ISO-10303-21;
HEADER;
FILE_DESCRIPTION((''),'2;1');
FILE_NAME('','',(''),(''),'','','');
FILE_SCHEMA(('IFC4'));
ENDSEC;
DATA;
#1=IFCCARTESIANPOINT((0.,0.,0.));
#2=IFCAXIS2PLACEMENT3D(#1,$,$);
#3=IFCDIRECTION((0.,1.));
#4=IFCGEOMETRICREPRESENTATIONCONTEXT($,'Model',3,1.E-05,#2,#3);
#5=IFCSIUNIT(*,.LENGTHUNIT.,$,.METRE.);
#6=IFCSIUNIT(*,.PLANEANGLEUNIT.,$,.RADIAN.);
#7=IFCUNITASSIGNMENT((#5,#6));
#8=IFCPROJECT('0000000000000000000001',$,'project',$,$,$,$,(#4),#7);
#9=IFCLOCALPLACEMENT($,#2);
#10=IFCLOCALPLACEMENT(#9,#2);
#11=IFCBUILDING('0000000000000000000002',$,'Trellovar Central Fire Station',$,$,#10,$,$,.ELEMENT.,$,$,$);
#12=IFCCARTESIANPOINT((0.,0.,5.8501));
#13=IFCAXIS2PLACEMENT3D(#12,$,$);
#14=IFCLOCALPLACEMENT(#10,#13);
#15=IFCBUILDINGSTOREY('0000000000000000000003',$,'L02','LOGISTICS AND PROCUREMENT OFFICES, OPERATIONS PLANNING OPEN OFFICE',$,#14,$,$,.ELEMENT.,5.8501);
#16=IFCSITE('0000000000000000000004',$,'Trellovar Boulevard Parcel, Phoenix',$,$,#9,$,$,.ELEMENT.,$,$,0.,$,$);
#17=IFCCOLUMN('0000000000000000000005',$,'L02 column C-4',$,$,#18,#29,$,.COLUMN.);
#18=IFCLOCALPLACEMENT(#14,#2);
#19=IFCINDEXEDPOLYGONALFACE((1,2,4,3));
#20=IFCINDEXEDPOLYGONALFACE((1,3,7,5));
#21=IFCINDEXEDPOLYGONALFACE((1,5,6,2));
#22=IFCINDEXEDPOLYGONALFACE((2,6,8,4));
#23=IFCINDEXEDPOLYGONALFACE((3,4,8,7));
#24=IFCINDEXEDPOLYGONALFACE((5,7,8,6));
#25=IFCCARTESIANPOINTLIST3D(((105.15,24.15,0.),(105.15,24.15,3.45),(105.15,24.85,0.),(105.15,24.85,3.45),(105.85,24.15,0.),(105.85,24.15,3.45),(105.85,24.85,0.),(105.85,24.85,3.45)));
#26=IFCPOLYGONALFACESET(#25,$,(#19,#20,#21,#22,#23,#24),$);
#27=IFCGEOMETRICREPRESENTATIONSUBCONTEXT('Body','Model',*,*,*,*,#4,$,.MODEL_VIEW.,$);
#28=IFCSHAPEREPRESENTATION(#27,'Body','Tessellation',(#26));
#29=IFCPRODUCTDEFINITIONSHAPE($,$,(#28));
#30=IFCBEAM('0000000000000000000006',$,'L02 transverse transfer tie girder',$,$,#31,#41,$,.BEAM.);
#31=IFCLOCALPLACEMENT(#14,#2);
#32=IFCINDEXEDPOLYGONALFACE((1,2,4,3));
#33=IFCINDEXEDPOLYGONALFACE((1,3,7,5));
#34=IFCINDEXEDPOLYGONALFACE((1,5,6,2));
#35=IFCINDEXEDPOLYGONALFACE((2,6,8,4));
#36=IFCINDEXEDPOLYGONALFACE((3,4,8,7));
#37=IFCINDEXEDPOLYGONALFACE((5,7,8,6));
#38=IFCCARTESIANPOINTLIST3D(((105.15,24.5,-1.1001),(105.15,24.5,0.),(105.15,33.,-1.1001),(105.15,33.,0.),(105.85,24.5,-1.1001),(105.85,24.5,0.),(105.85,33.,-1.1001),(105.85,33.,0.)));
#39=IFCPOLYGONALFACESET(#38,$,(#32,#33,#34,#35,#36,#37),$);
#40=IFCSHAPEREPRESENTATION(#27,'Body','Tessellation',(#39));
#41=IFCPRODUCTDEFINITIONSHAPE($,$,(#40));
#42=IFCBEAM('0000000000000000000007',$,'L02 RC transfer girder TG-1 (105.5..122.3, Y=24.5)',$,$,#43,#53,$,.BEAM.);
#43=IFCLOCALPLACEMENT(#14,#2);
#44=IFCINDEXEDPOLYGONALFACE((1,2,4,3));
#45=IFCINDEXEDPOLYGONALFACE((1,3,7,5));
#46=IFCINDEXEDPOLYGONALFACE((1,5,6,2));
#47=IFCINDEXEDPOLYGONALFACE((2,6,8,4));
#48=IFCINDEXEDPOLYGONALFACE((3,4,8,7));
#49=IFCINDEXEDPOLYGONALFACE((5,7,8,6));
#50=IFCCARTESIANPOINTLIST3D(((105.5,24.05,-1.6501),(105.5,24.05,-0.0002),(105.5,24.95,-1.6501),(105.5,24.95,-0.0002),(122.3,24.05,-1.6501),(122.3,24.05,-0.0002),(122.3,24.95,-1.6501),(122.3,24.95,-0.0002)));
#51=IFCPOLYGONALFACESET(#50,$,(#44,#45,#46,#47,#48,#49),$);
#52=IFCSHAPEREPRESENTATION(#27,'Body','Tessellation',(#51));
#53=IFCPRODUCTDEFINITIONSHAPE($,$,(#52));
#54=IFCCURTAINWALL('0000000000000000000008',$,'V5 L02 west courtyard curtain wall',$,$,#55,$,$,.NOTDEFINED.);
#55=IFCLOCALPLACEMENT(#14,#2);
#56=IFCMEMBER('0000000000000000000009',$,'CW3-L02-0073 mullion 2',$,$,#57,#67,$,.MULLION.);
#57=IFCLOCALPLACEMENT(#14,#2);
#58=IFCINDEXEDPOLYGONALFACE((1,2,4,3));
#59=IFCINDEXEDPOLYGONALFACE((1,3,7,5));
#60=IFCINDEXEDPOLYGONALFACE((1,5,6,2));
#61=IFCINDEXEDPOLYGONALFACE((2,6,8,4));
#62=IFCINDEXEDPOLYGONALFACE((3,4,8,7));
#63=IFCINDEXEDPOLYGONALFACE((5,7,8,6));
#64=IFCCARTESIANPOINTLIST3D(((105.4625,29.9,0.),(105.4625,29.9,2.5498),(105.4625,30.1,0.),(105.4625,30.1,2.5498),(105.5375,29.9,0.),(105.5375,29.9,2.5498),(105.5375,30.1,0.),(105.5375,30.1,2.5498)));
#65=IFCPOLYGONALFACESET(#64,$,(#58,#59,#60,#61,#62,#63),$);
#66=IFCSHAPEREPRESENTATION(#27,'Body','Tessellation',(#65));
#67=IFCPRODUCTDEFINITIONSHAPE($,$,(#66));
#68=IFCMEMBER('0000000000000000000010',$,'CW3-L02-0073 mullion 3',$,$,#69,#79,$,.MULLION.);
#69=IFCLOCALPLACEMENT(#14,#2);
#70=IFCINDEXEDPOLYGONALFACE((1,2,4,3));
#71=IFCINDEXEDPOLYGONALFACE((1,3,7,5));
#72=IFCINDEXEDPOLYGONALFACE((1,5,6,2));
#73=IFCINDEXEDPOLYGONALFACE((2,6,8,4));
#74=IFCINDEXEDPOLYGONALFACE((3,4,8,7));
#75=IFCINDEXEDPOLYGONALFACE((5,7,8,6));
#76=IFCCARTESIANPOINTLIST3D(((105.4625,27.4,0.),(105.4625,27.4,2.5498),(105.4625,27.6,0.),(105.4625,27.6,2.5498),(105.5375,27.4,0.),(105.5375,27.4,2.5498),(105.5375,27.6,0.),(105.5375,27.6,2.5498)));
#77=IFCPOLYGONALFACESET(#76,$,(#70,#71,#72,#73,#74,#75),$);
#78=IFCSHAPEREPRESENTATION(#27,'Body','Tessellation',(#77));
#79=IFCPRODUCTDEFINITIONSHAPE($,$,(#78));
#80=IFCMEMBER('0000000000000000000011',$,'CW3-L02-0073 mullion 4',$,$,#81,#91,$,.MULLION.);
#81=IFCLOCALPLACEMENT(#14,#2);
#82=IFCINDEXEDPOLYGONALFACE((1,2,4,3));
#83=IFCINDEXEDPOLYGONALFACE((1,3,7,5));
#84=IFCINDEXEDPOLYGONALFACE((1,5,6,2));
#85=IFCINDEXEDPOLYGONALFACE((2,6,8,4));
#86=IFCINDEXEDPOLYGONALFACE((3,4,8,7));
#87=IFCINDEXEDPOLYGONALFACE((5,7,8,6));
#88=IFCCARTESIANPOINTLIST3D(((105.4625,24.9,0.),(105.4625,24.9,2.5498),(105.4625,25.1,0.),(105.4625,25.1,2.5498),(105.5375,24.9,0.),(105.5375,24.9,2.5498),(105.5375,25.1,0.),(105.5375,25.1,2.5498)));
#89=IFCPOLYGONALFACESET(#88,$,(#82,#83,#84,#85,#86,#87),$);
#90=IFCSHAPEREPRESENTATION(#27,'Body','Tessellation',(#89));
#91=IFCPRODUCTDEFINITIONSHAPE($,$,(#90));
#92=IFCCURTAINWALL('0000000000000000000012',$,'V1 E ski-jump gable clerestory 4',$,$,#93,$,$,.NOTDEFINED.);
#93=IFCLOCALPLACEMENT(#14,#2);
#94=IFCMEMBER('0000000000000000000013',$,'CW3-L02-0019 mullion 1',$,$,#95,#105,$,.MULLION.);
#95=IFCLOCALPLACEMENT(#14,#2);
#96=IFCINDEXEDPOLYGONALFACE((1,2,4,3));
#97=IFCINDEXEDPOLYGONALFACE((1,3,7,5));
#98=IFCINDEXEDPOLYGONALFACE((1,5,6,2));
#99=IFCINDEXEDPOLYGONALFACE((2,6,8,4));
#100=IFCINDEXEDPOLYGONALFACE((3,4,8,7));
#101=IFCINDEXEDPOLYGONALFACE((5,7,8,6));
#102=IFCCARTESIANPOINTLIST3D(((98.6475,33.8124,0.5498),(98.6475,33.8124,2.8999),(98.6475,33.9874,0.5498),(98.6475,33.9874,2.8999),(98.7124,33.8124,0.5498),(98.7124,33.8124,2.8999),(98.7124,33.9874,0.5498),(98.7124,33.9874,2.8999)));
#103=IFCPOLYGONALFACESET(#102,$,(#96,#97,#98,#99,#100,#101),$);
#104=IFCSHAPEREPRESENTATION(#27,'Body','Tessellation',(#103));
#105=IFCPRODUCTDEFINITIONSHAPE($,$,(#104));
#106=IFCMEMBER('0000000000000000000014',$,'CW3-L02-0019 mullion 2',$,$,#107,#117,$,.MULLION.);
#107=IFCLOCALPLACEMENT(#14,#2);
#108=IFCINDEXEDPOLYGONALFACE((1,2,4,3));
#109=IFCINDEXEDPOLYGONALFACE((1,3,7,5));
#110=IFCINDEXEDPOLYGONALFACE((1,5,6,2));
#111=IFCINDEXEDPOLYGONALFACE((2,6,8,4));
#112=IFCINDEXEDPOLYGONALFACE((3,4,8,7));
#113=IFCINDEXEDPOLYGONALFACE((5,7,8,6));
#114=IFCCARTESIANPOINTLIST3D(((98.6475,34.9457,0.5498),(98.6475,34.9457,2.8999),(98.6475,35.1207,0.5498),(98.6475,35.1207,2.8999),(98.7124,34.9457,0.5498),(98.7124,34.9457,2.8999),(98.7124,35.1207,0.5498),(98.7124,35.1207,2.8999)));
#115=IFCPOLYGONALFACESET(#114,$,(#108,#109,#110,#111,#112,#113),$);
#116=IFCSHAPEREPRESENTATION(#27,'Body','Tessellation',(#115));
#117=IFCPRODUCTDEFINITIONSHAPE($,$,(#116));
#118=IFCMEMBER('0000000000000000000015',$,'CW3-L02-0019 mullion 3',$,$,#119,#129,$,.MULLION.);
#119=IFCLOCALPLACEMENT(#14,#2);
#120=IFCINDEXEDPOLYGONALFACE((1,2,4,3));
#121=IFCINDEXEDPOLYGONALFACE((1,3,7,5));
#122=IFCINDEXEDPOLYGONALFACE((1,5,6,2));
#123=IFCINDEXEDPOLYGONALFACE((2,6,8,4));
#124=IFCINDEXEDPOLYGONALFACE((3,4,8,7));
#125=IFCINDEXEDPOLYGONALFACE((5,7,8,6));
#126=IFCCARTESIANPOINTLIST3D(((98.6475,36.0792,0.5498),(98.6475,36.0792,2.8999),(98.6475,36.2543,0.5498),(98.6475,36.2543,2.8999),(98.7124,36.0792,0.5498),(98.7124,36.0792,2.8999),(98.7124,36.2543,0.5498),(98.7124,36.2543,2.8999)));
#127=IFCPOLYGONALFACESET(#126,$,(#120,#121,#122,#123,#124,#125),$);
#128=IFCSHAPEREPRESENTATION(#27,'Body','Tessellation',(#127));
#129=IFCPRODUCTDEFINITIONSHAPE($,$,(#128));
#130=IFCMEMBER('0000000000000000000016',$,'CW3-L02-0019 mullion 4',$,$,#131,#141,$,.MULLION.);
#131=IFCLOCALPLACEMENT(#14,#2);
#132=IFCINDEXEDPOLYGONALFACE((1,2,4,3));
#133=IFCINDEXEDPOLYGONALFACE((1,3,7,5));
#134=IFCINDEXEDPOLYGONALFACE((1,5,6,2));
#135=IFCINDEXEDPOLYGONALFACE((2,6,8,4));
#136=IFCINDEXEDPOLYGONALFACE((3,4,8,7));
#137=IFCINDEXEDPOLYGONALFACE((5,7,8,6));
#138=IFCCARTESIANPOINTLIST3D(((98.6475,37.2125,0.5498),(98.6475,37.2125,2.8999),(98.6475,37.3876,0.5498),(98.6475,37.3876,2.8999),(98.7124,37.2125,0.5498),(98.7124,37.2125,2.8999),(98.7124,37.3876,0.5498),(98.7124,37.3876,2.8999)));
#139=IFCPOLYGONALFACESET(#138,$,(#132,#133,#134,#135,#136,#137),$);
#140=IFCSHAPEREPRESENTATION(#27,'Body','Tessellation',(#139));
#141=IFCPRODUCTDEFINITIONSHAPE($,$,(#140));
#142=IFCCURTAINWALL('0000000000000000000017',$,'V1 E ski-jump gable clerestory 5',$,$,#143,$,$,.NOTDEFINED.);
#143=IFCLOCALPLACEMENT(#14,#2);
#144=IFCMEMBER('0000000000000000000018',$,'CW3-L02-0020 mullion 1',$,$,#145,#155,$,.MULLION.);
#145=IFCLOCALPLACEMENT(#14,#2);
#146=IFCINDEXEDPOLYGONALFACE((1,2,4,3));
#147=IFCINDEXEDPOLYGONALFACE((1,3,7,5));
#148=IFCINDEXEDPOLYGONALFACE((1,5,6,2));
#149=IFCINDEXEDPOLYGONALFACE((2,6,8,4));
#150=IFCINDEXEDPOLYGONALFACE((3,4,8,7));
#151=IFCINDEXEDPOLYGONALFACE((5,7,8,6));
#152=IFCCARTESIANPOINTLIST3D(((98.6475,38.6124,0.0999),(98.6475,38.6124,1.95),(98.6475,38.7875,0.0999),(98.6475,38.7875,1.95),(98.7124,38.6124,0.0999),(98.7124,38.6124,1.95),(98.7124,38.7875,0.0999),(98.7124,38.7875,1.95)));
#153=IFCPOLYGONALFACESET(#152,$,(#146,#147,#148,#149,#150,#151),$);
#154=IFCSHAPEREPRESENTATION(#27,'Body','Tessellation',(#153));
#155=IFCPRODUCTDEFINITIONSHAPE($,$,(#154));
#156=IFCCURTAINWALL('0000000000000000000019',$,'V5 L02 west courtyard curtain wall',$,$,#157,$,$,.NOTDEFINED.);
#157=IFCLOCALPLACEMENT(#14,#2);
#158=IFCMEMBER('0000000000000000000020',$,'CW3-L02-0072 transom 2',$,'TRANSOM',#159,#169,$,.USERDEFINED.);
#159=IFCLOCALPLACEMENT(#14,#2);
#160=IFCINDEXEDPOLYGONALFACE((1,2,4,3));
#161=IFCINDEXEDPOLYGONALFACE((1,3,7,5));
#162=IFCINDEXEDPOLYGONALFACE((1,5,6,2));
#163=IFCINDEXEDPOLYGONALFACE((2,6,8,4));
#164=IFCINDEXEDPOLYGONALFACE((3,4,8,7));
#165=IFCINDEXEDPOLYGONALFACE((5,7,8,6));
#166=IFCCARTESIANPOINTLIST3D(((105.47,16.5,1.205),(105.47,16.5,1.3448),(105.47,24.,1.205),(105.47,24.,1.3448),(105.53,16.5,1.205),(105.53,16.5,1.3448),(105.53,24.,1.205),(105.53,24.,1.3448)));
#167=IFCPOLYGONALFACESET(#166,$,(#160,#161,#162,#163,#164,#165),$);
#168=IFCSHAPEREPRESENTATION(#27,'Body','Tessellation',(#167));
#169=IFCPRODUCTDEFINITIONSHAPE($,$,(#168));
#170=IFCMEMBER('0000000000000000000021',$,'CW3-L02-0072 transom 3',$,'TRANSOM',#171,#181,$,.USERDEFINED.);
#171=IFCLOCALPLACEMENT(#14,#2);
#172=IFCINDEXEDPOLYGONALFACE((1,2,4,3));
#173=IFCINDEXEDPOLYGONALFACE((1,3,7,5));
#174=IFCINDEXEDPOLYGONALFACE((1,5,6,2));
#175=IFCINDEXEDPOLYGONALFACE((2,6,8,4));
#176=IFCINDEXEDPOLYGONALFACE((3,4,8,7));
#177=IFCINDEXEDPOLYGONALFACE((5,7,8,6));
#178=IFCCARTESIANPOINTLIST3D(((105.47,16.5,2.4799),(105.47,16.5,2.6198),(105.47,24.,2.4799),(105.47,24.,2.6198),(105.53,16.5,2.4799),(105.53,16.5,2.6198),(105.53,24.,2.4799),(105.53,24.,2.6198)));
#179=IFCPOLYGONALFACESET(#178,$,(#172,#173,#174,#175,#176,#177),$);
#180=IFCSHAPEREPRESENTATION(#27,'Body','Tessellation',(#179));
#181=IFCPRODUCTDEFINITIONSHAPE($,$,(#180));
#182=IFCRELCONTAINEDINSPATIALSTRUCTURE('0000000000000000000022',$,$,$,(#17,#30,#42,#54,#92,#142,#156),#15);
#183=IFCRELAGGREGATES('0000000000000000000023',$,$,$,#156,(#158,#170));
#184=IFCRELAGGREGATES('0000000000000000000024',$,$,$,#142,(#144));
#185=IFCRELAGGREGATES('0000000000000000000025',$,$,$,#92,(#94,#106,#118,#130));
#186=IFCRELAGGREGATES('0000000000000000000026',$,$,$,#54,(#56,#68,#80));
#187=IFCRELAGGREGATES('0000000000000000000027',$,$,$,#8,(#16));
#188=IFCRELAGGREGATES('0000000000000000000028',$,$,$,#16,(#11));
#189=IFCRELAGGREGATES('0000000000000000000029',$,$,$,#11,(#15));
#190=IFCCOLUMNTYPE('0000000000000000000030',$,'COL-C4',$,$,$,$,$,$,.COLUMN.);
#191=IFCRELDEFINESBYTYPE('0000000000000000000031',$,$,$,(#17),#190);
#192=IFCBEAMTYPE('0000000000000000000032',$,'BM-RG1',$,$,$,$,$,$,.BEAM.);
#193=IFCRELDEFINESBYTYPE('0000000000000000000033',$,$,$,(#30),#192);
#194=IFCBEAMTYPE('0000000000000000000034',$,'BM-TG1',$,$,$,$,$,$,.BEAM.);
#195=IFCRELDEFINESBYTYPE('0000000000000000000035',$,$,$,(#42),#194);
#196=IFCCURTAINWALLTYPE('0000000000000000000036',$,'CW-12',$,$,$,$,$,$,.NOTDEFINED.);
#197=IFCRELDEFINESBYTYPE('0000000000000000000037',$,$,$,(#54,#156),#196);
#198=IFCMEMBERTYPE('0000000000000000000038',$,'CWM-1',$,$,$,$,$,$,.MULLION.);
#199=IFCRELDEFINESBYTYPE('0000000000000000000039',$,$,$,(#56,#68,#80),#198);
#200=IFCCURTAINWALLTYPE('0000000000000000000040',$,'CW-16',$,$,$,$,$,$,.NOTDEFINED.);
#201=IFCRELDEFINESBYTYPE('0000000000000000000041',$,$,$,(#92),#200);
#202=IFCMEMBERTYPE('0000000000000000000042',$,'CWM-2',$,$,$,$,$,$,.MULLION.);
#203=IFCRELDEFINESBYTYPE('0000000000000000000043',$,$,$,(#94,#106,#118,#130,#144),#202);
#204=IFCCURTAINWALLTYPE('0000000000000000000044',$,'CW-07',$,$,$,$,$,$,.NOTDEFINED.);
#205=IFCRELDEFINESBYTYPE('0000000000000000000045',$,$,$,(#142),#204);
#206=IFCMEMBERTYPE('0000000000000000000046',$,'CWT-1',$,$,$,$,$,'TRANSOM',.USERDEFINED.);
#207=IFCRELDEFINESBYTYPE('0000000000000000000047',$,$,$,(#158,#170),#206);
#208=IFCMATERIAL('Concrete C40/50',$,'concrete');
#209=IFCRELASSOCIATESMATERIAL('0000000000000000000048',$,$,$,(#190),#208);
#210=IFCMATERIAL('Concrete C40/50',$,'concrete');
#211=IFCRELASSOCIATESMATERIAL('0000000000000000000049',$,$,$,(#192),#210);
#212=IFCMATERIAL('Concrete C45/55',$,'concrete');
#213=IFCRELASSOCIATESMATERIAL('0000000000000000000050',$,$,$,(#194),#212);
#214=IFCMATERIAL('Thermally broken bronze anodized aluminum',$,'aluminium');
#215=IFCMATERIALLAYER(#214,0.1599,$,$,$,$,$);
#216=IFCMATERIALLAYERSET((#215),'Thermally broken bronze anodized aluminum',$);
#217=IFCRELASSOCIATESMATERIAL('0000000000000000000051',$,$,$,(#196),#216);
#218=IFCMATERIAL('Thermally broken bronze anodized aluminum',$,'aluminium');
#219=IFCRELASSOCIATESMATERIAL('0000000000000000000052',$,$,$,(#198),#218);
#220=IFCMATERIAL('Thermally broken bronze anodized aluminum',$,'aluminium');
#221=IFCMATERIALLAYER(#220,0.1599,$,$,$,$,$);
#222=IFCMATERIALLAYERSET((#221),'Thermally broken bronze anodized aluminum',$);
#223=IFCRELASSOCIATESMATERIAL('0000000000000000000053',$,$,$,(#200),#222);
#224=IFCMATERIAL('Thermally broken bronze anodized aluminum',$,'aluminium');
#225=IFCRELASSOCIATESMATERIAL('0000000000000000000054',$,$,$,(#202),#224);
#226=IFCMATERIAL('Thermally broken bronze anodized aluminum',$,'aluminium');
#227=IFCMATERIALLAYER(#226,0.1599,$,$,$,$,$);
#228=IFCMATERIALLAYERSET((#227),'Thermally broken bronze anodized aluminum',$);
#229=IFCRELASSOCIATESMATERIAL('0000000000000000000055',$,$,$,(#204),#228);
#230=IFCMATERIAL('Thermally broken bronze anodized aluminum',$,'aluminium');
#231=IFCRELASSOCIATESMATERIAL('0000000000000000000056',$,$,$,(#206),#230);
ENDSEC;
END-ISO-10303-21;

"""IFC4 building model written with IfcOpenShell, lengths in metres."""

from ifc_helpers import new_model, si_unit, direction, frame, origin, origin_2d, place, context, subcontext, project, spatial, rectangle, extrude, material, layer, layer_set, material_profile, profile_set, type_object, element, aggregate, save


model = new_model("IFC4")

# Units and contexts
model_context = context("Model", 3, precision=1e-05, world=origin(), true_north=direction((0.0, 1.0)))
body_context = subcontext(model_context, "Body", "Model", "MODEL_VIEW")
ifc_project = project(units=[si_unit("LENGTHUNIT", "METRE"), si_unit("PLANEANGLEUNIT", "RADIAN")], contexts=[model_context])

# Site, building, storey
site_placement = place(None, origin())
site = spatial("IfcSite", under=ifc_project, at=site_placement, Name="Trellovar Boulevard Parcel, Phoenix", CompositionType="ELEMENT", RefElevation=0.0)
building_placement = place(site_placement, origin())
building = spatial("IfcBuilding", under=site, at=building_placement, Name="Trellovar Central Fire Station", CompositionType="ELEMENT")
storey_placement = place(building_placement, frame((0.0, 0.0, 5.8501)))
storey = spatial("IfcBuildingStorey", under=building, at=storey_placement, Name="L02", Description="LOGISTICS AND PROCUREMENT OFFICES, OPERATIONS PLANNING OPEN OFFICE", CompositionType="ELEMENT", Elevation=5.8501)

# Column
ifc_material_1 = material(Name="Concrete C40/50", Category="concrete")
ifc_material_profile_1 = material_profile(ifc_material_1, rectangle(XDim=0.7, YDim=0.7, at=origin_2d()), Name="RC700X700")
ifc_profile_set_1 = profile_set([ifc_material_profile_1], Name="Concrete C40/50")
column_type = type_object("IfcColumnType", Name="COL-C4", PredefinedType="COLUMN", material=ifc_profile_set_1)
column_placement = place(storey_placement, frame((105.5, 24.5, 0.0), z_axis=(0.0, 0.0, 1.0), x_axis=(1.0, 0.0, 0.0)))
element("IfcColumn", 1, at=column_placement, inside=storey, type_object=column_type, Name="L02 column C-4", PredefinedType="COLUMN", context=body_context, shape_type="SweptSolid", body=[
    extrude(rectangle(XDim=0.7, YDim=0.7, at=origin_2d()), origin(), (0.0, 0.0, 1.0), 3.45),
])

# Beams
ifc_material_2 = material(Name="Concrete C40/50", Category="concrete")
ifc_material_profile_2 = material_profile(ifc_material_2, rectangle(XDim=0.7, YDim=1.1001, at=origin_2d()), Name="RC700X1100")
ifc_profile_set_2 = profile_set([ifc_material_profile_2], Name="Concrete C40/50")
beam_type_1 = type_object("IfcBeamType", Name="BM-RG1", PredefinedType="BEAM", material=ifc_profile_set_2)
beam_1_placement = place(storey_placement, frame((105.5, 24.5, -0.55), z_axis=(0.0, 1.0, 0.0), x_axis=(-1.0, 0.0, 0.0)))
element("IfcBeam", 2, at=beam_1_placement, inside=storey, type_object=beam_type_1, Name="L02 transverse transfer tie girder", PredefinedType="BEAM", context=body_context, shape_type="SweptSolid", body=[
    extrude(rectangle(XDim=0.7, YDim=1.1001, at=origin_2d()), origin(), (0.0, 0.0, 1.0), 8.5),
])
ifc_material_3 = material(Name="Concrete C45/55", Category="concrete")
ifc_material_profile_3 = material_profile(ifc_material_3, rectangle(XDim=0.8999, YDim=1.6499, at=origin_2d()), Name="RC900X1650")
ifc_profile_set_3 = profile_set([ifc_material_profile_3], Name="Concrete C45/55")
beam_type_2 = type_object("IfcBeamType", Name="BM-TG1", PredefinedType="BEAM", material=ifc_profile_set_3)
beam_2_placement = place(storey_placement, frame((105.5, 24.5, -0.8252), z_axis=(1.0, 0.0, 0.0), x_axis=(0.0, 1.0, 0.0)))
element("IfcBeam", 3, at=beam_2_placement, inside=storey, type_object=beam_type_2, Name="L02 RC transfer girder TG-1 (105.5..122.3, Y=24.5)", PredefinedType="BEAM", context=body_context, shape_type="SweptSolid", body=[
    extrude(rectangle(XDim=0.8999, YDim=1.6499, at=origin_2d()), origin(), (0.0, 0.0, 1.0), 16.8),
])

# Curtain walls, members
ifc_material_4 = material(Name="Thermally broken bronze anodized aluminum", Category="aluminium")
ifc_layer_1 = layer(ifc_material_4, 0.1599)
ifc_layer_set_1 = layer_set([ifc_layer_1], Name="Thermally broken bronze anodized aluminum")
curtain_wall_type_1 = type_object("IfcCurtainWallType", Name="CW-12", PredefinedType="NOTDEFINED", material=ifc_layer_set_1)
curtain_wall_1_placement = place(storey_placement, origin())
curtain_wall_1 = element("IfcCurtainWall", 4, at=curtain_wall_1_placement, inside=storey, type_object=curtain_wall_type_1, Name="V5 L02 west courtyard curtain wall", PredefinedType="NOTDEFINED")
ifc_material_5 = material(Name="Thermally broken bronze anodized aluminum", Category="aluminium")
ifc_material_profile_4 = material_profile(ifc_material_5, rectangle(XDim=0.075, YDim=0.2, at=origin_2d()), Name="ALU75X200")
ifc_profile_set_4 = profile_set([ifc_material_profile_4], Name="Thermally broken bronze anodized aluminum")
member_type_1 = type_object("IfcMemberType", Name="CWM-1", PredefinedType="MULLION", material=ifc_profile_set_4)
member_1_placement = place(storey_placement, frame((105.5, 30.0, 0.0), z_axis=(0.0, 0.0, 1.0), x_axis=(1.0, 0.0, 0.0)))
member_1 = element("IfcMember", 5, at=member_1_placement, type_object=member_type_1, Name="CW3-L02-0073 mullion 2", PredefinedType="MULLION", context=body_context, shape_type="SweptSolid", body=[
    extrude(rectangle(XDim=0.075, YDim=0.2, at=origin_2d()), origin(), (0.0, 0.0, 1.0), 2.5498),
])
member_2_placement = place(storey_placement, frame((105.5, 27.5, 0.0), z_axis=(0.0, 0.0, 1.0), x_axis=(1.0, 0.0, 0.0)))
member_2 = element("IfcMember", 6, at=member_2_placement, type_object=member_type_1, Name="CW3-L02-0073 mullion 3", PredefinedType="MULLION", context=body_context, shape_type="SweptSolid", body=[
    extrude(rectangle(XDim=0.075, YDim=0.2, at=origin_2d()), origin(), (0.0, 0.0, 1.0), 2.5498),
])
member_3_placement = place(storey_placement, frame((105.5, 25.0, 0.0), z_axis=(0.0, 0.0, 1.0), x_axis=(1.0, 0.0, 0.0)))
member_3 = element("IfcMember", 7, at=member_3_placement, type_object=member_type_1, Name="CW3-L02-0073 mullion 4", PredefinedType="MULLION", context=body_context, shape_type="SweptSolid", body=[
    extrude(rectangle(XDim=0.075, YDim=0.2, at=origin_2d()), origin(), (0.0, 0.0, 1.0), 2.5498),
])
ifc_material_6 = material(Name="Thermally broken bronze anodized aluminum", Category="aluminium")
ifc_layer_2 = layer(ifc_material_6, 0.1599)
ifc_layer_set_2 = layer_set([ifc_layer_2], Name="Thermally broken bronze anodized aluminum")
curtain_wall_type_2 = type_object("IfcCurtainWallType", Name="CW-16", PredefinedType="NOTDEFINED", material=ifc_layer_set_2)
curtain_wall_2_placement = place(storey_placement, origin())
curtain_wall_2 = element("IfcCurtainWall", 8, at=curtain_wall_2_placement, inside=storey, type_object=curtain_wall_type_2, Name="V1 E ski-jump gable clerestory 4", PredefinedType="NOTDEFINED")
ifc_material_7 = material(Name="Thermally broken bronze anodized aluminum", Category="aluminium")
ifc_material_profile_5 = material_profile(ifc_material_7, rectangle(XDim=0.0649, YDim=0.175, at=origin_2d()), Name="ALU65X175")
ifc_profile_set_5 = profile_set([ifc_material_profile_5], Name="Thermally broken bronze anodized aluminum")
member_type_2 = type_object("IfcMemberType", Name="CWM-2", PredefinedType="MULLION", material=ifc_profile_set_5)
member_4_placement = place(storey_placement, frame((98.6799, 33.8999, 0.5498), z_axis=(0.0, 0.0, 1.0), x_axis=(1.0, 0.0, 0.0)))
member_4 = element("IfcMember", 9, at=member_4_placement, type_object=member_type_2, Name="CW3-L02-0019 mullion 1", PredefinedType="MULLION", context=body_context, shape_type="SweptSolid", body=[
    extrude(rectangle(XDim=0.0649, YDim=0.175, at=origin_2d()), origin(), (0.0, 0.0, 1.0), 2.3501),
])
member_5_placement = place(storey_placement, frame((98.6799, 35.0332, 0.5498), z_axis=(0.0, 0.0, 1.0), x_axis=(1.0, 0.0, 0.0)))
member_5 = element("IfcMember", 10, at=member_5_placement, type_object=member_type_2, Name="CW3-L02-0019 mullion 2", PredefinedType="MULLION", context=body_context, shape_type="SweptSolid", body=[
    extrude(rectangle(XDim=0.0649, YDim=0.175, at=origin_2d()), origin(), (0.0, 0.0, 1.0), 2.3501),
])
member_6_placement = place(storey_placement, frame((98.6799, 36.1667, 0.5498), z_axis=(0.0, 0.0, 1.0), x_axis=(1.0, 0.0, 0.0)))
member_6 = element("IfcMember", 11, at=member_6_placement, type_object=member_type_2, Name="CW3-L02-0019 mullion 3", PredefinedType="MULLION", context=body_context, shape_type="SweptSolid", body=[
    extrude(rectangle(XDim=0.0649, YDim=0.175, at=origin_2d()), origin(), (0.0, 0.0, 1.0), 2.3501),
])
member_7_placement = place(storey_placement, frame((98.6799, 37.3, 0.5498), z_axis=(0.0, 0.0, 1.0), x_axis=(1.0, 0.0, 0.0)))
member_7 = element("IfcMember", 12, at=member_7_placement, type_object=member_type_2, Name="CW3-L02-0019 mullion 4", PredefinedType="MULLION", context=body_context, shape_type="SweptSolid", body=[
    extrude(rectangle(XDim=0.0649, YDim=0.175, at=origin_2d()), origin(), (0.0, 0.0, 1.0), 2.3501),
])

# Curtain wall, member
ifc_material_8 = material(Name="Thermally broken bronze anodized aluminum", Category="aluminium")
ifc_layer_3 = layer(ifc_material_8, 0.1599)
ifc_layer_set_3 = layer_set([ifc_layer_3], Name="Thermally broken bronze anodized aluminum")
curtain_wall_type_3 = type_object("IfcCurtainWallType", Name="CW-07", PredefinedType="NOTDEFINED", material=ifc_layer_set_3)
curtain_wall_3_placement = place(storey_placement, origin())
curtain_wall_3 = element("IfcCurtainWall", 13, at=curtain_wall_3_placement, inside=storey, type_object=curtain_wall_type_3, Name="V1 E ski-jump gable clerestory 5", PredefinedType="NOTDEFINED")
member_8_placement = place(storey_placement, frame((98.6799, 38.7, 0.0999), z_axis=(0.0, 0.0, 1.0), x_axis=(1.0, 0.0, 0.0)))
member_8 = element("IfcMember", 14, at=member_8_placement, type_object=member_type_2, Name="CW3-L02-0020 mullion 1", PredefinedType="MULLION", context=body_context, shape_type="SweptSolid", body=[
    extrude(rectangle(XDim=0.0649, YDim=0.175, at=origin_2d()), origin(), (0.0, 0.0, 1.0), 1.8501),
])

# Curtain wall, members
curtain_wall_4_placement = place(storey_placement, origin())
curtain_wall_4 = element("IfcCurtainWall", 15, at=curtain_wall_4_placement, inside=storey, type_object=curtain_wall_type_1, Name="V5 L02 west courtyard curtain wall", PredefinedType="NOTDEFINED")
ifc_material_9 = material(Name="Thermally broken bronze anodized aluminum", Category="aluminium")
ifc_material_profile_6 = material_profile(ifc_material_9, rectangle(XDim=0.0601, YDim=0.1399, at=origin_2d()), Name="ALU60X140")
ifc_profile_set_6 = profile_set([ifc_material_profile_6], Name="Thermally broken bronze anodized aluminum")
member_type_3 = type_object("IfcMemberType", Name="CWT-1", ElementType="TRANSOM", PredefinedType="USERDEFINED", material=ifc_profile_set_6)
member_9_placement = place(storey_placement, frame((105.5, 24.0, 1.2749), z_axis=(0.0, -1.0, 0.0), x_axis=(1.0, 0.0, 0.0)))
member_9 = element("IfcMember", 16, at=member_9_placement, type_object=member_type_3, Name="CW3-L02-0072 transom 2", ObjectType="TRANSOM", PredefinedType="USERDEFINED", context=body_context, shape_type="SweptSolid", body=[
    extrude(rectangle(XDim=0.0601, YDim=0.1399, at=origin_2d()), origin(), (0.0, 0.0, 1.0), 7.5),
])
member_10_placement = place(storey_placement, frame((105.5, 24.0, 2.5498), z_axis=(0.0, -1.0, 0.0), x_axis=(1.0, 0.0, 0.0)))
member_10 = element("IfcMember", 17, at=member_10_placement, type_object=member_type_3, Name="CW3-L02-0072 transom 3", ObjectType="TRANSOM", PredefinedType="USERDEFINED", context=body_context, shape_type="SweptSolid", body=[
    extrude(rectangle(XDim=0.0601, YDim=0.1399, at=origin_2d()), origin(), (0.0, 0.0, 1.0), 7.5),
])
aggregate(curtain_wall_4, [member_9, member_10])

aggregate(curtain_wall_3, [member_8])

aggregate(curtain_wall_2, [member_4, member_5, member_6, member_7])
aggregate(curtain_wall_1, [member_1, member_2, member_3])

save(model, "model.ifc")
